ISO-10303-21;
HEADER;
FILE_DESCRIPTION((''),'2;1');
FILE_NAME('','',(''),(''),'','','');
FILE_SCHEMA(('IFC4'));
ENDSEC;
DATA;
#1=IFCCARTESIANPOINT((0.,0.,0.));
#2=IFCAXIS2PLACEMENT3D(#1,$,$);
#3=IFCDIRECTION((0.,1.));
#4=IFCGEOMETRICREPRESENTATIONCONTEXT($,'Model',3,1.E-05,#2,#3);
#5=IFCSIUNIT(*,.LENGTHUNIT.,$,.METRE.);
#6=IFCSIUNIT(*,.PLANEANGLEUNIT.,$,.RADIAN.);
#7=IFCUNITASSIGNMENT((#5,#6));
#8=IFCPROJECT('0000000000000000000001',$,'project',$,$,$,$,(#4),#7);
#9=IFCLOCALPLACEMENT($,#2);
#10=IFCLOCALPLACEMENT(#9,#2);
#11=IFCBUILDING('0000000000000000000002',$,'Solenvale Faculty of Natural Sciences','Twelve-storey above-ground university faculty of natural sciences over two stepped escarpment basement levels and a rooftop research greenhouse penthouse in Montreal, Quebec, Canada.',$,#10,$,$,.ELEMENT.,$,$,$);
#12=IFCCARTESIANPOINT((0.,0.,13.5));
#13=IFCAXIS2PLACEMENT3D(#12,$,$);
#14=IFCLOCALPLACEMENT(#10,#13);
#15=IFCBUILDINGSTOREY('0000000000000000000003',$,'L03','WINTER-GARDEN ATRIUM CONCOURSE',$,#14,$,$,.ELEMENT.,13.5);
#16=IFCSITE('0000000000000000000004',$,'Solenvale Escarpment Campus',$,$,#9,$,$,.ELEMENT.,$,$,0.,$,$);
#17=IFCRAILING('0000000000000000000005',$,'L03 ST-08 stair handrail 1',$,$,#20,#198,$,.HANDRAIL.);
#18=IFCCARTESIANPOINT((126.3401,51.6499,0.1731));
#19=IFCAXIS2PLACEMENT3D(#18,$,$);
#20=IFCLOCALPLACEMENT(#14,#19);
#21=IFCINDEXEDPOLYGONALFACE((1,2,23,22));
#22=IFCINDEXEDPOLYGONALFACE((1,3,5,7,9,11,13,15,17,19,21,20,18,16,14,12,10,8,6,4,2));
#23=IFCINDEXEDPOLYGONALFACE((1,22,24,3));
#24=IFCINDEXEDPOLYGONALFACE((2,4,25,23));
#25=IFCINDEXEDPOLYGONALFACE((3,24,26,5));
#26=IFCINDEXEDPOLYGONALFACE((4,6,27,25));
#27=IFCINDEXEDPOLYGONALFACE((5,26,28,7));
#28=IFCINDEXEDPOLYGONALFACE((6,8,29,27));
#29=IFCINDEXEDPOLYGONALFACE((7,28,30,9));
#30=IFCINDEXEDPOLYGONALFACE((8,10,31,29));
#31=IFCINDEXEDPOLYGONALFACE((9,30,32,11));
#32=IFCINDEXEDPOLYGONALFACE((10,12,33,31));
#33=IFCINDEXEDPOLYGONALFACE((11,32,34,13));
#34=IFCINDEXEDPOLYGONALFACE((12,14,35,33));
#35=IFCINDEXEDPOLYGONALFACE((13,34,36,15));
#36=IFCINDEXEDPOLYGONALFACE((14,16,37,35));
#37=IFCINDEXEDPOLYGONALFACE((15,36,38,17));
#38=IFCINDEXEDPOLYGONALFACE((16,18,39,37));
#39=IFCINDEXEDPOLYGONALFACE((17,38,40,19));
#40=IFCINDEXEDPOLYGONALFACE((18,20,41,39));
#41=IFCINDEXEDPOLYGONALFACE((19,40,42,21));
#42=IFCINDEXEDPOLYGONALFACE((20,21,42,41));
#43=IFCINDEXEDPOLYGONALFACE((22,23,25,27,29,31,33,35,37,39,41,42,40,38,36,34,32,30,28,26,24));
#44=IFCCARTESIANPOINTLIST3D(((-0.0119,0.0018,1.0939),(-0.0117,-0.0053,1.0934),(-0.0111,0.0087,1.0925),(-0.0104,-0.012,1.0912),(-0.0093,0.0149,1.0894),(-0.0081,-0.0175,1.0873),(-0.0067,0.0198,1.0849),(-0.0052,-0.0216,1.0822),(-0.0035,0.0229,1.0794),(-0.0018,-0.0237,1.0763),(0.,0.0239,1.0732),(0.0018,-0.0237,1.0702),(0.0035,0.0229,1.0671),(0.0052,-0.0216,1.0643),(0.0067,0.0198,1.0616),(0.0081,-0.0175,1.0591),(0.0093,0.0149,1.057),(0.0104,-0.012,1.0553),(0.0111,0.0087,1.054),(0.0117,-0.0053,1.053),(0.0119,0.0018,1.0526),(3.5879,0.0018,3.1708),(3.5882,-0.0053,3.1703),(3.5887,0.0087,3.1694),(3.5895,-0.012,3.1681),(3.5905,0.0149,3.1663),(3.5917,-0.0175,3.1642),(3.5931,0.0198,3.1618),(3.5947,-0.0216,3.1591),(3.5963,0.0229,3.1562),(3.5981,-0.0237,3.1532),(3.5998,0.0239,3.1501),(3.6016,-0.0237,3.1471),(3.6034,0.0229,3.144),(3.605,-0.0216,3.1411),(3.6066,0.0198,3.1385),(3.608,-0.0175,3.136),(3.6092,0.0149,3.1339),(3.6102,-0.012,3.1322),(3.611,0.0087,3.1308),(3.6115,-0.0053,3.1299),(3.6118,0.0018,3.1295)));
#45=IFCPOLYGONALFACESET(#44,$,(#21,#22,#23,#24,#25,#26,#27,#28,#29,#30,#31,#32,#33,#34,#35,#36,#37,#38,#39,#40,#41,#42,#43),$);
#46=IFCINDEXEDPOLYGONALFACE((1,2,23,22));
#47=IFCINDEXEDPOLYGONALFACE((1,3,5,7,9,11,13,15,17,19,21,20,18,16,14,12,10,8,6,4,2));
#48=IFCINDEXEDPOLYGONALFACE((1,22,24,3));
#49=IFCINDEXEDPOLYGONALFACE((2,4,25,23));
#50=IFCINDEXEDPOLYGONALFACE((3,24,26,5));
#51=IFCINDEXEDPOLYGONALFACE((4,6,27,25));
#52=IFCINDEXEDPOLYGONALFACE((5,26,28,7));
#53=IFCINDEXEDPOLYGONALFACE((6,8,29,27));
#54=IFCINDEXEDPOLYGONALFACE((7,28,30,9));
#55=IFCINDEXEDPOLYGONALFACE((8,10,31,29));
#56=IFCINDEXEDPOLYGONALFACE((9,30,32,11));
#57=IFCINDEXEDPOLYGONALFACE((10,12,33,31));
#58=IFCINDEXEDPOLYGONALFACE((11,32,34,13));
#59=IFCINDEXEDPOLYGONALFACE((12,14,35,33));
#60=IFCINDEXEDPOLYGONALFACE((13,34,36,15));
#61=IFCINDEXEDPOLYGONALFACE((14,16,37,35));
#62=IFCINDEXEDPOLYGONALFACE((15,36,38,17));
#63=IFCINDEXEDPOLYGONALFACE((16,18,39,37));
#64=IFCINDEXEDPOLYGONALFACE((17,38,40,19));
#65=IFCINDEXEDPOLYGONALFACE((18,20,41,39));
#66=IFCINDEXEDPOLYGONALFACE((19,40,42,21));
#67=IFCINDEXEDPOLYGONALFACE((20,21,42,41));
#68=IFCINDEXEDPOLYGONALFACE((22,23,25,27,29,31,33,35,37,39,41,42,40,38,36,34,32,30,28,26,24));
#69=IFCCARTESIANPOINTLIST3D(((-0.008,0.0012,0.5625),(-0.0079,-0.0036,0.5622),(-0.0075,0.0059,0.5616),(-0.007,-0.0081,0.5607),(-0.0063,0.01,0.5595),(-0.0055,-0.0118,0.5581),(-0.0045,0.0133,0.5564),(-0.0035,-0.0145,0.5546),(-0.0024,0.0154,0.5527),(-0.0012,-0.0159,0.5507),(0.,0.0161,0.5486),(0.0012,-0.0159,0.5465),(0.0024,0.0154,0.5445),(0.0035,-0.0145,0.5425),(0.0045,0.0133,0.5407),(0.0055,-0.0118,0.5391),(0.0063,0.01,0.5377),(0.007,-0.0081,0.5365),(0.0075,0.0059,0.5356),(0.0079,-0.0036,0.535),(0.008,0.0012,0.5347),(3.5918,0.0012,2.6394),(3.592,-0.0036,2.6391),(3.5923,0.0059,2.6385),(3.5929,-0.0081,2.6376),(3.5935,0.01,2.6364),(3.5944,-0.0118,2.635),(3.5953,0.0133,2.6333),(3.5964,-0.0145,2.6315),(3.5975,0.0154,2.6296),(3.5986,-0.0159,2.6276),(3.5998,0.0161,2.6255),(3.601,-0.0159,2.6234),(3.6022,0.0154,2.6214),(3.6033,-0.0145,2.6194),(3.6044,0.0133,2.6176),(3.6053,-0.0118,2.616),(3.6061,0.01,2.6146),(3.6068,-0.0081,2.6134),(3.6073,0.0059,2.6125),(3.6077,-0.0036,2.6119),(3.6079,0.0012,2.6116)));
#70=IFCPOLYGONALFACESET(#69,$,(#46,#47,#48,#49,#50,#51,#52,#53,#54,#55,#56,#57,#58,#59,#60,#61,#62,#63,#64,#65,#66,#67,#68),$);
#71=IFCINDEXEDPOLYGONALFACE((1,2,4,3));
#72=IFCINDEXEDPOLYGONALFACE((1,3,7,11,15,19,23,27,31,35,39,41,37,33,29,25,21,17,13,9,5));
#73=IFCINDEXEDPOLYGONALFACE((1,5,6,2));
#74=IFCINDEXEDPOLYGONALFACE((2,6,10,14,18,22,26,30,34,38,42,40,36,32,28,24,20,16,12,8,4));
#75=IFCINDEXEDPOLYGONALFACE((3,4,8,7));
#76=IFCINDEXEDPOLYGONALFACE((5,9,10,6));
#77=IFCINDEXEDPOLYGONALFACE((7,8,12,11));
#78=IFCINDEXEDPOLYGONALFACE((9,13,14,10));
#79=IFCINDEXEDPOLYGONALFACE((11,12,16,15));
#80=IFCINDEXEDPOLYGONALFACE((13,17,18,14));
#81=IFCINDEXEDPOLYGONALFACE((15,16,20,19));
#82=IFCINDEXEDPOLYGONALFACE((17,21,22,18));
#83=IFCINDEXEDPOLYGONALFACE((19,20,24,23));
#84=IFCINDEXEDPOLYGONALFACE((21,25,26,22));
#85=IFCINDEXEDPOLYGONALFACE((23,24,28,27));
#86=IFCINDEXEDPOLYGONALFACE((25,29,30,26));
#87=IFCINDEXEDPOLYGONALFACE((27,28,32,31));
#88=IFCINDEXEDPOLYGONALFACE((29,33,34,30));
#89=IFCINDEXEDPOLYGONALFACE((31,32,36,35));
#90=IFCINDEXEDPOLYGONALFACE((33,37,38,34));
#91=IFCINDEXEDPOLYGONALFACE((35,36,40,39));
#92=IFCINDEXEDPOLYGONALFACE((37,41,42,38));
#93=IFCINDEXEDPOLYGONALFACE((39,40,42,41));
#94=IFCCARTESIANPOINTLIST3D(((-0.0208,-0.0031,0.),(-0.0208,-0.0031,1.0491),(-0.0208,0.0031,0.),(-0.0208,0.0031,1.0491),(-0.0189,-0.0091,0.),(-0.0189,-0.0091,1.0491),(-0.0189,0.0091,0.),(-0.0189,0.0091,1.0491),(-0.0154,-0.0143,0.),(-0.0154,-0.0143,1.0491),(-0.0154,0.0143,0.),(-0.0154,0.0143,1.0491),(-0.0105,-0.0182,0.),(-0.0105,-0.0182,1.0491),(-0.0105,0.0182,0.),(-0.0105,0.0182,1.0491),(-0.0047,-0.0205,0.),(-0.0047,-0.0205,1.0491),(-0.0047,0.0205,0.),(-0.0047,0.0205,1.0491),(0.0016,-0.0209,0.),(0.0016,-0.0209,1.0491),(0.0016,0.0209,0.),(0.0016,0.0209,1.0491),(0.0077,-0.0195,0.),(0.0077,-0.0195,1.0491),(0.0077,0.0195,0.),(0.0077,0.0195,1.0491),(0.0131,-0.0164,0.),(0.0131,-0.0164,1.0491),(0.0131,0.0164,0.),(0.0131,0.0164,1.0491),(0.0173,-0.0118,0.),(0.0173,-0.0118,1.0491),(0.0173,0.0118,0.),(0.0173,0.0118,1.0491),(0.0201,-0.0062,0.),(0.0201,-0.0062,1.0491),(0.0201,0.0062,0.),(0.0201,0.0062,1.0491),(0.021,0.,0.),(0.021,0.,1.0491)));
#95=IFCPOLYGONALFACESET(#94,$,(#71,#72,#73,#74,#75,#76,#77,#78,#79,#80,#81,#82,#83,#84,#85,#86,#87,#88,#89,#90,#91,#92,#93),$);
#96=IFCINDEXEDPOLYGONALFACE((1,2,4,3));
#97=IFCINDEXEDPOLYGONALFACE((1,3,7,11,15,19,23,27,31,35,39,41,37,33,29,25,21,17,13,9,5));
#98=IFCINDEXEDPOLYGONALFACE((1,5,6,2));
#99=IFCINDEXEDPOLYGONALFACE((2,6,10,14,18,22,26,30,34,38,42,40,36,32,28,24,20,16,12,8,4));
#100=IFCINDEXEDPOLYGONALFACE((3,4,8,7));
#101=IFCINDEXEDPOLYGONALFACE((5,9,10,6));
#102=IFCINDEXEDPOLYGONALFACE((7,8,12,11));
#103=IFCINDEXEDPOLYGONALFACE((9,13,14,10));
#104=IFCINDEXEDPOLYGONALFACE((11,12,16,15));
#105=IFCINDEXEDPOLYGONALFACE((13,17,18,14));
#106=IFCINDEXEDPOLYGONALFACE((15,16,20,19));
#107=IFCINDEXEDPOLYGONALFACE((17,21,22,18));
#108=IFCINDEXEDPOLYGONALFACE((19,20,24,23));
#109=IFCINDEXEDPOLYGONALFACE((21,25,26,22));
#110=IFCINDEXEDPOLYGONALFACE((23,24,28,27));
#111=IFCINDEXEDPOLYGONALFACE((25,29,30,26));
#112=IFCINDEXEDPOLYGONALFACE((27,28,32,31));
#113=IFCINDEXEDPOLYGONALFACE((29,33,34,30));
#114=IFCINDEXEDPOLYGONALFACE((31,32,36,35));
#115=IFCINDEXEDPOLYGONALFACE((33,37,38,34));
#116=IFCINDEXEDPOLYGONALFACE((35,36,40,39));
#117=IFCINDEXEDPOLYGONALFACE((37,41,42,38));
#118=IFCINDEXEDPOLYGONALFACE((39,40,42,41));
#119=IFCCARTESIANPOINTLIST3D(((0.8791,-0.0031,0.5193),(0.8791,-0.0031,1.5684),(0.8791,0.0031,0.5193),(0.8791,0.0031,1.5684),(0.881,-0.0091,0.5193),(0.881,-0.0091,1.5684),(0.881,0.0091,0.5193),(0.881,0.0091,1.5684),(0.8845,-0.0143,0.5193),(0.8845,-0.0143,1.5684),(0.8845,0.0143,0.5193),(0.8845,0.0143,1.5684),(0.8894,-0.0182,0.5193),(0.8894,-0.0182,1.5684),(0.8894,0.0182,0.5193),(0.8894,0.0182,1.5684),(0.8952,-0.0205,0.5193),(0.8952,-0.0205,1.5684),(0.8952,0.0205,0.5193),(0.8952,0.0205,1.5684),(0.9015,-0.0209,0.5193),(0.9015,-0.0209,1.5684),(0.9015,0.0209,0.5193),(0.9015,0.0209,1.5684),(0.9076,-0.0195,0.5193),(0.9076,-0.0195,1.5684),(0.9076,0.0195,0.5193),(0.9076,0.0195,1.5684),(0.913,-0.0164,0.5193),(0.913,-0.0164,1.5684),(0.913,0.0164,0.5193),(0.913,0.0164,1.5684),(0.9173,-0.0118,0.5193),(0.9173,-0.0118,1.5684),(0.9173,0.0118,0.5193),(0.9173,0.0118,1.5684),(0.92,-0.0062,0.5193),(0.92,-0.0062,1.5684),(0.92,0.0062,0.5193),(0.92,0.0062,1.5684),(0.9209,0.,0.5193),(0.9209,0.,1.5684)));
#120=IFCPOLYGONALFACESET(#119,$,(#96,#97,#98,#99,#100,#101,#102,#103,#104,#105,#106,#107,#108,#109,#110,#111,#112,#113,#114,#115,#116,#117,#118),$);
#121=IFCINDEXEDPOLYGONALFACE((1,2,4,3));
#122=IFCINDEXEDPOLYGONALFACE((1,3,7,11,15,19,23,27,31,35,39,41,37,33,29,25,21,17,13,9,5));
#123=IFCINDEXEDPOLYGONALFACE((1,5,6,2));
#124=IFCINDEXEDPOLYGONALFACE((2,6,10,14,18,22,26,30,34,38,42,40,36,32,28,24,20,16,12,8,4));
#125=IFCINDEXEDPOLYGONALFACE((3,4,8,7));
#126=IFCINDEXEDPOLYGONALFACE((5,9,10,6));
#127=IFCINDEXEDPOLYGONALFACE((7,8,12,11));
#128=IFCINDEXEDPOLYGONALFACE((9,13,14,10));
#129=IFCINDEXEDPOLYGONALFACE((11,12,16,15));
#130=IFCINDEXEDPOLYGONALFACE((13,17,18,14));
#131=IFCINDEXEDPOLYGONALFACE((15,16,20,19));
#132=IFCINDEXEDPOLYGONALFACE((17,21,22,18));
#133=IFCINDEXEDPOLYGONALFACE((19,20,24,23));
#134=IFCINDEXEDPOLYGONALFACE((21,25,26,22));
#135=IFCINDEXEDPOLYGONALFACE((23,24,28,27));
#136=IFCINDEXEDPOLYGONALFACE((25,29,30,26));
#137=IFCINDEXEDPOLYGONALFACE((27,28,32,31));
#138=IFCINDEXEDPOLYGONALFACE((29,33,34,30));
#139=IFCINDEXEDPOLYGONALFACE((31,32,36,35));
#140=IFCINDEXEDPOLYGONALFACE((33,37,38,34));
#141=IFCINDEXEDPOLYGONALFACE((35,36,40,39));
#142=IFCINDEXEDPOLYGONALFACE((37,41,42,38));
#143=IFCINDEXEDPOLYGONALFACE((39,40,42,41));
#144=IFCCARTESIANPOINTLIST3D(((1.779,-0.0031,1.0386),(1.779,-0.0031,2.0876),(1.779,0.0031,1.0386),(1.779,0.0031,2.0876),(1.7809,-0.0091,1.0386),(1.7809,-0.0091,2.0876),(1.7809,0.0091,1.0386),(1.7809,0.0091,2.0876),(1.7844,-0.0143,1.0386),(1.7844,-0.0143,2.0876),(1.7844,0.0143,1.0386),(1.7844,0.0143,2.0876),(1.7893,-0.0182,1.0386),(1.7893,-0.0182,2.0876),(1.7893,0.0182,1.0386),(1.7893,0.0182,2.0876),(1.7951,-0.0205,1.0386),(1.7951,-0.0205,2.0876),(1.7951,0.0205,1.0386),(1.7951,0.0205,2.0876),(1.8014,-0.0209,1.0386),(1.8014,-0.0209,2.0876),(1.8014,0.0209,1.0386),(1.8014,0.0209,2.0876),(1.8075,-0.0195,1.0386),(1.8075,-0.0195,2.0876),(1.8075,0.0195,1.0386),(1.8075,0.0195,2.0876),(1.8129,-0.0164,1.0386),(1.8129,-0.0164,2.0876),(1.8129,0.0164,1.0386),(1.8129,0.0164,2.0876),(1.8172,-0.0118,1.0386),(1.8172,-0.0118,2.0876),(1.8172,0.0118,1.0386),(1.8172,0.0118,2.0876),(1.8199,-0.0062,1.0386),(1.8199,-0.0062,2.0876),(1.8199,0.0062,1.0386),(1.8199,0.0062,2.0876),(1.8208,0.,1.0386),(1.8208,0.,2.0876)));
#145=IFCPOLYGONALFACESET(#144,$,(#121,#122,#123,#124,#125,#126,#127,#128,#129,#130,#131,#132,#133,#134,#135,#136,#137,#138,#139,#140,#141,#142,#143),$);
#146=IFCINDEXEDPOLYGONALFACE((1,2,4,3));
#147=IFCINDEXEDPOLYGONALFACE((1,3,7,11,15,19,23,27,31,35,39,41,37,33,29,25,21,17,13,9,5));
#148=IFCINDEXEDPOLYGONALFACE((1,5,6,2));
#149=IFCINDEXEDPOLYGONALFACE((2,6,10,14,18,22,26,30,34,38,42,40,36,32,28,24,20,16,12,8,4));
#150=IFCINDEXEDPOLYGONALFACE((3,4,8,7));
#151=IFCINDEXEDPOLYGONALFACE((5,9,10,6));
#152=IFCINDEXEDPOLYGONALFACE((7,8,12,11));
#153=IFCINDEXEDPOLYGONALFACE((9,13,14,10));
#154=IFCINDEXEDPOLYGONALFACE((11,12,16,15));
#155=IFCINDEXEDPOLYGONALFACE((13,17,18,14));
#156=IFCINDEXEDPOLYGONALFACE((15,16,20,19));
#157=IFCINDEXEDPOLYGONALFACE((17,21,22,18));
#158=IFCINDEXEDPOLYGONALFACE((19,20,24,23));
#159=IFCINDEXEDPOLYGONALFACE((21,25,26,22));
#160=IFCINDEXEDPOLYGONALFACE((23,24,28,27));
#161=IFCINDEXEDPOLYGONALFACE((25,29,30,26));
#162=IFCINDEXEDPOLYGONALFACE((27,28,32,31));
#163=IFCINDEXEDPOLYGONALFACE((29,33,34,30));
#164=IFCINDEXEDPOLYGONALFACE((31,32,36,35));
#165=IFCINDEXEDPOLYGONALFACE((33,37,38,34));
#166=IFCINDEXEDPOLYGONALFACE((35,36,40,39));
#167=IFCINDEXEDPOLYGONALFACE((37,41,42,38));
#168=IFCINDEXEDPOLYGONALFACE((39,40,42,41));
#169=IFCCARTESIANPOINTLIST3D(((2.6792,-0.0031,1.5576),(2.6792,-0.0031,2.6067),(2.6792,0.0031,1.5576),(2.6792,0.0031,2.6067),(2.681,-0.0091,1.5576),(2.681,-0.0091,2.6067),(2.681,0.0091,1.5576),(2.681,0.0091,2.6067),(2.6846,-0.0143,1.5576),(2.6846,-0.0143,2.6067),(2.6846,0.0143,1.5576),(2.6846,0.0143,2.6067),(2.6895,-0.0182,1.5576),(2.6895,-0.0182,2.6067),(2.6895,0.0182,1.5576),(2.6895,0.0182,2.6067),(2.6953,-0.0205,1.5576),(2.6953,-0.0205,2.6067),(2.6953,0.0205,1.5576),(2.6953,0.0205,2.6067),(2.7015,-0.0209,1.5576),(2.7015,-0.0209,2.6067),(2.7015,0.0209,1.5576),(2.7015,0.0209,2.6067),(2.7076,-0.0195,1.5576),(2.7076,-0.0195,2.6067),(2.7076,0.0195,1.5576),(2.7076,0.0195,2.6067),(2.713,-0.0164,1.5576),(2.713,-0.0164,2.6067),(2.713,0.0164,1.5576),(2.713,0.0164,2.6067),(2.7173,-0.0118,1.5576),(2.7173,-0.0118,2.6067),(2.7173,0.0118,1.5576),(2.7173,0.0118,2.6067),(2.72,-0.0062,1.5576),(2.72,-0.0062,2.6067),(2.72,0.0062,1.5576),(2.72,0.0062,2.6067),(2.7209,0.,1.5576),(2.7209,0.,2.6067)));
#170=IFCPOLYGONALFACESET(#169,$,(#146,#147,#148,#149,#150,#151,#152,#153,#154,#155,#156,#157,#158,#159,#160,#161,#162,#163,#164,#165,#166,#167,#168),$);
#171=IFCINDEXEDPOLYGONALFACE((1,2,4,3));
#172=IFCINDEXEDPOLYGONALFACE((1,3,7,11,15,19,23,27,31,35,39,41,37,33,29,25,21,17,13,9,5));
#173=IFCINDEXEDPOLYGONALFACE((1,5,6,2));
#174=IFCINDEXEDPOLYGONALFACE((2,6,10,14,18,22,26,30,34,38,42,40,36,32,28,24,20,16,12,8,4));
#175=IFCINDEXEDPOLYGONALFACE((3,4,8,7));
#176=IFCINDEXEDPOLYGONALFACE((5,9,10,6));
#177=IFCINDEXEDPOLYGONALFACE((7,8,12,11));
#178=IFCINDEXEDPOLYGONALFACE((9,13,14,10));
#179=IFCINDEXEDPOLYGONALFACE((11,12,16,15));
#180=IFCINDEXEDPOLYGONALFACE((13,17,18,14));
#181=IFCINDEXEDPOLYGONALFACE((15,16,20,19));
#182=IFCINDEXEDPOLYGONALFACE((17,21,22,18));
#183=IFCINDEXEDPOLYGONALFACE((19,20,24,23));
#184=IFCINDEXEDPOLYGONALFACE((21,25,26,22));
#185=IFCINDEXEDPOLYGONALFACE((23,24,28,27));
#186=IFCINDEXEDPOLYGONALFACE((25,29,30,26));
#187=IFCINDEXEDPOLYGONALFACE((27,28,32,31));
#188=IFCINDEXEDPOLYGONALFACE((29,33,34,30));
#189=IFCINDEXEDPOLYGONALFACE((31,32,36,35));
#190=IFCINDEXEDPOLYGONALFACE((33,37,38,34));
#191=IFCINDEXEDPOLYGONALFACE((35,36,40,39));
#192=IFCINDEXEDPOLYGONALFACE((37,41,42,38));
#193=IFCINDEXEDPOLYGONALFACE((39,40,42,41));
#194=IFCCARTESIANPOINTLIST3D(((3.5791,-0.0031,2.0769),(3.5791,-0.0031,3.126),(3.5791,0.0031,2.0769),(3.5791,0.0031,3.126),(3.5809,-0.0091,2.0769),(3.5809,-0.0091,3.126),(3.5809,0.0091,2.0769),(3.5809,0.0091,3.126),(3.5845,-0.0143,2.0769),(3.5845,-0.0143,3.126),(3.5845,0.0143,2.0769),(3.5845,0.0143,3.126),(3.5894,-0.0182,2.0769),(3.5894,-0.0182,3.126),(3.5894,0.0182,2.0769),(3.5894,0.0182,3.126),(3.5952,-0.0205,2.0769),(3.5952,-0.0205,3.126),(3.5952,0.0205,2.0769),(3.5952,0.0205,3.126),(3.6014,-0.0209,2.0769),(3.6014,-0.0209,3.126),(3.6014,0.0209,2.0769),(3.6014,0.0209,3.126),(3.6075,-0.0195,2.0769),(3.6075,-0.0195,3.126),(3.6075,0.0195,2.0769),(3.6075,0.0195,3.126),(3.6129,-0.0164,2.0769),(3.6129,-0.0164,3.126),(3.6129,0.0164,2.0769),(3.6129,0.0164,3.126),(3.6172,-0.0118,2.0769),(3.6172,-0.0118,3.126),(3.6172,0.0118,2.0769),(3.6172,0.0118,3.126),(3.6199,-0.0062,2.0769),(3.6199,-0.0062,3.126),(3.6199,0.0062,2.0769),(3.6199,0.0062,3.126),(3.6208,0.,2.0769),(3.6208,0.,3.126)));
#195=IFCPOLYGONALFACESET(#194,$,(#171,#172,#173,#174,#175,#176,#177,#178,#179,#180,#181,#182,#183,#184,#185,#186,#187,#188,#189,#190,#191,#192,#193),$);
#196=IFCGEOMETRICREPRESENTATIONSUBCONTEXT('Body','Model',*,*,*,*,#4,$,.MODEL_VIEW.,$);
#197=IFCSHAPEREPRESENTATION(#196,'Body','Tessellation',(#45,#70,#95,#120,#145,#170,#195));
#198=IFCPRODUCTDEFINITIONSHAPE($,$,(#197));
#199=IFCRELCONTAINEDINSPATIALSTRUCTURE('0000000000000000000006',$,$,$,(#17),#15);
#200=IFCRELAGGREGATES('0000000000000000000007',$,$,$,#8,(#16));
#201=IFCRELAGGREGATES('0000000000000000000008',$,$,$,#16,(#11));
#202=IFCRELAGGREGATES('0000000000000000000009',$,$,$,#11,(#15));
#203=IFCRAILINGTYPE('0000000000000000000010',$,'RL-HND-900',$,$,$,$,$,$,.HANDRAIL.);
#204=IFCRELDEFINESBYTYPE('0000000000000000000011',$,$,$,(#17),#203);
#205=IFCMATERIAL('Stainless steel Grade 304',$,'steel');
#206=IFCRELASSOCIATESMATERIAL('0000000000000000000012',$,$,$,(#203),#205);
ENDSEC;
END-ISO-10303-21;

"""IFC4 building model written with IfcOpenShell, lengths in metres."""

from ifc_helpers import new_model, si_unit, direction, frame, origin, origin_2d, place, context, subcontext, project, spatial, circle, extrude, material, type_object, element, save


model = new_model("IFC4")

# Units and contexts
model_context = context("Model", 3, precision=1e-05, world=origin(), true_north=direction((0.0, 1.0)))
body_context = subcontext(model_context, "Body", "Model", "MODEL_VIEW")
ifc_project = project(units=[si_unit("LENGTHUNIT", "METRE"), si_unit("PLANEANGLEUNIT", "RADIAN")], contexts=[model_context])

# Site, building, storey
site_placement = place(None, origin())
site = spatial("IfcSite", under=ifc_project, at=site_placement, Name="Solenvale Escarpment Campus", CompositionType="ELEMENT", RefElevation=0.0)
building_placement = place(site_placement, origin())
building = spatial("IfcBuilding", under=site, at=building_placement, Name="Solenvale Faculty of Natural Sciences", Description="Twelve-storey above-ground university faculty of natural sciences over two stepped escarpment basement levels and a rooftop research greenhouse penthouse in Montreal, Quebec, Canada.", CompositionType="ELEMENT")
storey_placement = place(building_placement, frame((0.0, 0.0, 13.5)))
storey = spatial("IfcBuildingStorey", under=building, at=storey_placement, Name="L03", Description="WINTER-GARDEN ATRIUM CONCOURSE", CompositionType="ELEMENT", Elevation=13.5)

# Railing
ifc_material_1 = material(Name="Stainless steel Grade 304", Category="steel")
railing_type_1 = type_object("IfcRailingType", Name="RL-HND-900", PredefinedType="HANDRAIL", material=ifc_material_1)
railing_1_placement = place(storey_placement, frame((126.3401, 51.6499, 0.1731)))
element("IfcRailing", 1, at=railing_1_placement, inside=storey, type_object=railing_type_1, Name="L03 ST-08 stair handrail 1", PredefinedType="HANDRAIL", context=body_context, shape_type="SweptSolid", body=[
    extrude(circle(Radius=0.0239, at=origin_2d()), frame((0.0, 0.0, 1.0732), z_axis=(0.866179, 0.0, 0.499734), x_axis=(0.0, 1.0, 0.0)), (0.0, 0.0, 1.0), 4.156),
    extrude(circle(Radius=0.0161, at=origin_2d()), frame((0.0, 0.0, 0.5486), z_axis=(0.866179, 0.0, 0.499734), x_axis=(0.0, 1.0, 0.0)), (0.0, 0.0, 1.0), 4.156),
    extrude(circle(Radius=0.021, at=origin_2d()), origin(), (0.0, 0.0, 1.0), 1.0491),
    extrude(circle(Radius=0.021, at=origin_2d()), frame((0.8999, 0.0, 0.5193)), (0.0, 0.0, 1.0), 1.0491),
    extrude(circle(Radius=0.021, at=origin_2d()), frame((1.7998, 0.0, 1.0386)), (0.0, 0.0, 1.0), 1.0491),
    extrude(circle(Radius=0.021, at=origin_2d()), frame((2.7, 0.0, 1.5576)), (0.0, 0.0, 1.0), 1.0491),
    extrude(circle(Radius=0.021, at=origin_2d()), frame((3.5999, 0.0, 2.0769)), (0.0, 0.0, 1.0), 1.0491),
])

save(model, "model.ifc")
